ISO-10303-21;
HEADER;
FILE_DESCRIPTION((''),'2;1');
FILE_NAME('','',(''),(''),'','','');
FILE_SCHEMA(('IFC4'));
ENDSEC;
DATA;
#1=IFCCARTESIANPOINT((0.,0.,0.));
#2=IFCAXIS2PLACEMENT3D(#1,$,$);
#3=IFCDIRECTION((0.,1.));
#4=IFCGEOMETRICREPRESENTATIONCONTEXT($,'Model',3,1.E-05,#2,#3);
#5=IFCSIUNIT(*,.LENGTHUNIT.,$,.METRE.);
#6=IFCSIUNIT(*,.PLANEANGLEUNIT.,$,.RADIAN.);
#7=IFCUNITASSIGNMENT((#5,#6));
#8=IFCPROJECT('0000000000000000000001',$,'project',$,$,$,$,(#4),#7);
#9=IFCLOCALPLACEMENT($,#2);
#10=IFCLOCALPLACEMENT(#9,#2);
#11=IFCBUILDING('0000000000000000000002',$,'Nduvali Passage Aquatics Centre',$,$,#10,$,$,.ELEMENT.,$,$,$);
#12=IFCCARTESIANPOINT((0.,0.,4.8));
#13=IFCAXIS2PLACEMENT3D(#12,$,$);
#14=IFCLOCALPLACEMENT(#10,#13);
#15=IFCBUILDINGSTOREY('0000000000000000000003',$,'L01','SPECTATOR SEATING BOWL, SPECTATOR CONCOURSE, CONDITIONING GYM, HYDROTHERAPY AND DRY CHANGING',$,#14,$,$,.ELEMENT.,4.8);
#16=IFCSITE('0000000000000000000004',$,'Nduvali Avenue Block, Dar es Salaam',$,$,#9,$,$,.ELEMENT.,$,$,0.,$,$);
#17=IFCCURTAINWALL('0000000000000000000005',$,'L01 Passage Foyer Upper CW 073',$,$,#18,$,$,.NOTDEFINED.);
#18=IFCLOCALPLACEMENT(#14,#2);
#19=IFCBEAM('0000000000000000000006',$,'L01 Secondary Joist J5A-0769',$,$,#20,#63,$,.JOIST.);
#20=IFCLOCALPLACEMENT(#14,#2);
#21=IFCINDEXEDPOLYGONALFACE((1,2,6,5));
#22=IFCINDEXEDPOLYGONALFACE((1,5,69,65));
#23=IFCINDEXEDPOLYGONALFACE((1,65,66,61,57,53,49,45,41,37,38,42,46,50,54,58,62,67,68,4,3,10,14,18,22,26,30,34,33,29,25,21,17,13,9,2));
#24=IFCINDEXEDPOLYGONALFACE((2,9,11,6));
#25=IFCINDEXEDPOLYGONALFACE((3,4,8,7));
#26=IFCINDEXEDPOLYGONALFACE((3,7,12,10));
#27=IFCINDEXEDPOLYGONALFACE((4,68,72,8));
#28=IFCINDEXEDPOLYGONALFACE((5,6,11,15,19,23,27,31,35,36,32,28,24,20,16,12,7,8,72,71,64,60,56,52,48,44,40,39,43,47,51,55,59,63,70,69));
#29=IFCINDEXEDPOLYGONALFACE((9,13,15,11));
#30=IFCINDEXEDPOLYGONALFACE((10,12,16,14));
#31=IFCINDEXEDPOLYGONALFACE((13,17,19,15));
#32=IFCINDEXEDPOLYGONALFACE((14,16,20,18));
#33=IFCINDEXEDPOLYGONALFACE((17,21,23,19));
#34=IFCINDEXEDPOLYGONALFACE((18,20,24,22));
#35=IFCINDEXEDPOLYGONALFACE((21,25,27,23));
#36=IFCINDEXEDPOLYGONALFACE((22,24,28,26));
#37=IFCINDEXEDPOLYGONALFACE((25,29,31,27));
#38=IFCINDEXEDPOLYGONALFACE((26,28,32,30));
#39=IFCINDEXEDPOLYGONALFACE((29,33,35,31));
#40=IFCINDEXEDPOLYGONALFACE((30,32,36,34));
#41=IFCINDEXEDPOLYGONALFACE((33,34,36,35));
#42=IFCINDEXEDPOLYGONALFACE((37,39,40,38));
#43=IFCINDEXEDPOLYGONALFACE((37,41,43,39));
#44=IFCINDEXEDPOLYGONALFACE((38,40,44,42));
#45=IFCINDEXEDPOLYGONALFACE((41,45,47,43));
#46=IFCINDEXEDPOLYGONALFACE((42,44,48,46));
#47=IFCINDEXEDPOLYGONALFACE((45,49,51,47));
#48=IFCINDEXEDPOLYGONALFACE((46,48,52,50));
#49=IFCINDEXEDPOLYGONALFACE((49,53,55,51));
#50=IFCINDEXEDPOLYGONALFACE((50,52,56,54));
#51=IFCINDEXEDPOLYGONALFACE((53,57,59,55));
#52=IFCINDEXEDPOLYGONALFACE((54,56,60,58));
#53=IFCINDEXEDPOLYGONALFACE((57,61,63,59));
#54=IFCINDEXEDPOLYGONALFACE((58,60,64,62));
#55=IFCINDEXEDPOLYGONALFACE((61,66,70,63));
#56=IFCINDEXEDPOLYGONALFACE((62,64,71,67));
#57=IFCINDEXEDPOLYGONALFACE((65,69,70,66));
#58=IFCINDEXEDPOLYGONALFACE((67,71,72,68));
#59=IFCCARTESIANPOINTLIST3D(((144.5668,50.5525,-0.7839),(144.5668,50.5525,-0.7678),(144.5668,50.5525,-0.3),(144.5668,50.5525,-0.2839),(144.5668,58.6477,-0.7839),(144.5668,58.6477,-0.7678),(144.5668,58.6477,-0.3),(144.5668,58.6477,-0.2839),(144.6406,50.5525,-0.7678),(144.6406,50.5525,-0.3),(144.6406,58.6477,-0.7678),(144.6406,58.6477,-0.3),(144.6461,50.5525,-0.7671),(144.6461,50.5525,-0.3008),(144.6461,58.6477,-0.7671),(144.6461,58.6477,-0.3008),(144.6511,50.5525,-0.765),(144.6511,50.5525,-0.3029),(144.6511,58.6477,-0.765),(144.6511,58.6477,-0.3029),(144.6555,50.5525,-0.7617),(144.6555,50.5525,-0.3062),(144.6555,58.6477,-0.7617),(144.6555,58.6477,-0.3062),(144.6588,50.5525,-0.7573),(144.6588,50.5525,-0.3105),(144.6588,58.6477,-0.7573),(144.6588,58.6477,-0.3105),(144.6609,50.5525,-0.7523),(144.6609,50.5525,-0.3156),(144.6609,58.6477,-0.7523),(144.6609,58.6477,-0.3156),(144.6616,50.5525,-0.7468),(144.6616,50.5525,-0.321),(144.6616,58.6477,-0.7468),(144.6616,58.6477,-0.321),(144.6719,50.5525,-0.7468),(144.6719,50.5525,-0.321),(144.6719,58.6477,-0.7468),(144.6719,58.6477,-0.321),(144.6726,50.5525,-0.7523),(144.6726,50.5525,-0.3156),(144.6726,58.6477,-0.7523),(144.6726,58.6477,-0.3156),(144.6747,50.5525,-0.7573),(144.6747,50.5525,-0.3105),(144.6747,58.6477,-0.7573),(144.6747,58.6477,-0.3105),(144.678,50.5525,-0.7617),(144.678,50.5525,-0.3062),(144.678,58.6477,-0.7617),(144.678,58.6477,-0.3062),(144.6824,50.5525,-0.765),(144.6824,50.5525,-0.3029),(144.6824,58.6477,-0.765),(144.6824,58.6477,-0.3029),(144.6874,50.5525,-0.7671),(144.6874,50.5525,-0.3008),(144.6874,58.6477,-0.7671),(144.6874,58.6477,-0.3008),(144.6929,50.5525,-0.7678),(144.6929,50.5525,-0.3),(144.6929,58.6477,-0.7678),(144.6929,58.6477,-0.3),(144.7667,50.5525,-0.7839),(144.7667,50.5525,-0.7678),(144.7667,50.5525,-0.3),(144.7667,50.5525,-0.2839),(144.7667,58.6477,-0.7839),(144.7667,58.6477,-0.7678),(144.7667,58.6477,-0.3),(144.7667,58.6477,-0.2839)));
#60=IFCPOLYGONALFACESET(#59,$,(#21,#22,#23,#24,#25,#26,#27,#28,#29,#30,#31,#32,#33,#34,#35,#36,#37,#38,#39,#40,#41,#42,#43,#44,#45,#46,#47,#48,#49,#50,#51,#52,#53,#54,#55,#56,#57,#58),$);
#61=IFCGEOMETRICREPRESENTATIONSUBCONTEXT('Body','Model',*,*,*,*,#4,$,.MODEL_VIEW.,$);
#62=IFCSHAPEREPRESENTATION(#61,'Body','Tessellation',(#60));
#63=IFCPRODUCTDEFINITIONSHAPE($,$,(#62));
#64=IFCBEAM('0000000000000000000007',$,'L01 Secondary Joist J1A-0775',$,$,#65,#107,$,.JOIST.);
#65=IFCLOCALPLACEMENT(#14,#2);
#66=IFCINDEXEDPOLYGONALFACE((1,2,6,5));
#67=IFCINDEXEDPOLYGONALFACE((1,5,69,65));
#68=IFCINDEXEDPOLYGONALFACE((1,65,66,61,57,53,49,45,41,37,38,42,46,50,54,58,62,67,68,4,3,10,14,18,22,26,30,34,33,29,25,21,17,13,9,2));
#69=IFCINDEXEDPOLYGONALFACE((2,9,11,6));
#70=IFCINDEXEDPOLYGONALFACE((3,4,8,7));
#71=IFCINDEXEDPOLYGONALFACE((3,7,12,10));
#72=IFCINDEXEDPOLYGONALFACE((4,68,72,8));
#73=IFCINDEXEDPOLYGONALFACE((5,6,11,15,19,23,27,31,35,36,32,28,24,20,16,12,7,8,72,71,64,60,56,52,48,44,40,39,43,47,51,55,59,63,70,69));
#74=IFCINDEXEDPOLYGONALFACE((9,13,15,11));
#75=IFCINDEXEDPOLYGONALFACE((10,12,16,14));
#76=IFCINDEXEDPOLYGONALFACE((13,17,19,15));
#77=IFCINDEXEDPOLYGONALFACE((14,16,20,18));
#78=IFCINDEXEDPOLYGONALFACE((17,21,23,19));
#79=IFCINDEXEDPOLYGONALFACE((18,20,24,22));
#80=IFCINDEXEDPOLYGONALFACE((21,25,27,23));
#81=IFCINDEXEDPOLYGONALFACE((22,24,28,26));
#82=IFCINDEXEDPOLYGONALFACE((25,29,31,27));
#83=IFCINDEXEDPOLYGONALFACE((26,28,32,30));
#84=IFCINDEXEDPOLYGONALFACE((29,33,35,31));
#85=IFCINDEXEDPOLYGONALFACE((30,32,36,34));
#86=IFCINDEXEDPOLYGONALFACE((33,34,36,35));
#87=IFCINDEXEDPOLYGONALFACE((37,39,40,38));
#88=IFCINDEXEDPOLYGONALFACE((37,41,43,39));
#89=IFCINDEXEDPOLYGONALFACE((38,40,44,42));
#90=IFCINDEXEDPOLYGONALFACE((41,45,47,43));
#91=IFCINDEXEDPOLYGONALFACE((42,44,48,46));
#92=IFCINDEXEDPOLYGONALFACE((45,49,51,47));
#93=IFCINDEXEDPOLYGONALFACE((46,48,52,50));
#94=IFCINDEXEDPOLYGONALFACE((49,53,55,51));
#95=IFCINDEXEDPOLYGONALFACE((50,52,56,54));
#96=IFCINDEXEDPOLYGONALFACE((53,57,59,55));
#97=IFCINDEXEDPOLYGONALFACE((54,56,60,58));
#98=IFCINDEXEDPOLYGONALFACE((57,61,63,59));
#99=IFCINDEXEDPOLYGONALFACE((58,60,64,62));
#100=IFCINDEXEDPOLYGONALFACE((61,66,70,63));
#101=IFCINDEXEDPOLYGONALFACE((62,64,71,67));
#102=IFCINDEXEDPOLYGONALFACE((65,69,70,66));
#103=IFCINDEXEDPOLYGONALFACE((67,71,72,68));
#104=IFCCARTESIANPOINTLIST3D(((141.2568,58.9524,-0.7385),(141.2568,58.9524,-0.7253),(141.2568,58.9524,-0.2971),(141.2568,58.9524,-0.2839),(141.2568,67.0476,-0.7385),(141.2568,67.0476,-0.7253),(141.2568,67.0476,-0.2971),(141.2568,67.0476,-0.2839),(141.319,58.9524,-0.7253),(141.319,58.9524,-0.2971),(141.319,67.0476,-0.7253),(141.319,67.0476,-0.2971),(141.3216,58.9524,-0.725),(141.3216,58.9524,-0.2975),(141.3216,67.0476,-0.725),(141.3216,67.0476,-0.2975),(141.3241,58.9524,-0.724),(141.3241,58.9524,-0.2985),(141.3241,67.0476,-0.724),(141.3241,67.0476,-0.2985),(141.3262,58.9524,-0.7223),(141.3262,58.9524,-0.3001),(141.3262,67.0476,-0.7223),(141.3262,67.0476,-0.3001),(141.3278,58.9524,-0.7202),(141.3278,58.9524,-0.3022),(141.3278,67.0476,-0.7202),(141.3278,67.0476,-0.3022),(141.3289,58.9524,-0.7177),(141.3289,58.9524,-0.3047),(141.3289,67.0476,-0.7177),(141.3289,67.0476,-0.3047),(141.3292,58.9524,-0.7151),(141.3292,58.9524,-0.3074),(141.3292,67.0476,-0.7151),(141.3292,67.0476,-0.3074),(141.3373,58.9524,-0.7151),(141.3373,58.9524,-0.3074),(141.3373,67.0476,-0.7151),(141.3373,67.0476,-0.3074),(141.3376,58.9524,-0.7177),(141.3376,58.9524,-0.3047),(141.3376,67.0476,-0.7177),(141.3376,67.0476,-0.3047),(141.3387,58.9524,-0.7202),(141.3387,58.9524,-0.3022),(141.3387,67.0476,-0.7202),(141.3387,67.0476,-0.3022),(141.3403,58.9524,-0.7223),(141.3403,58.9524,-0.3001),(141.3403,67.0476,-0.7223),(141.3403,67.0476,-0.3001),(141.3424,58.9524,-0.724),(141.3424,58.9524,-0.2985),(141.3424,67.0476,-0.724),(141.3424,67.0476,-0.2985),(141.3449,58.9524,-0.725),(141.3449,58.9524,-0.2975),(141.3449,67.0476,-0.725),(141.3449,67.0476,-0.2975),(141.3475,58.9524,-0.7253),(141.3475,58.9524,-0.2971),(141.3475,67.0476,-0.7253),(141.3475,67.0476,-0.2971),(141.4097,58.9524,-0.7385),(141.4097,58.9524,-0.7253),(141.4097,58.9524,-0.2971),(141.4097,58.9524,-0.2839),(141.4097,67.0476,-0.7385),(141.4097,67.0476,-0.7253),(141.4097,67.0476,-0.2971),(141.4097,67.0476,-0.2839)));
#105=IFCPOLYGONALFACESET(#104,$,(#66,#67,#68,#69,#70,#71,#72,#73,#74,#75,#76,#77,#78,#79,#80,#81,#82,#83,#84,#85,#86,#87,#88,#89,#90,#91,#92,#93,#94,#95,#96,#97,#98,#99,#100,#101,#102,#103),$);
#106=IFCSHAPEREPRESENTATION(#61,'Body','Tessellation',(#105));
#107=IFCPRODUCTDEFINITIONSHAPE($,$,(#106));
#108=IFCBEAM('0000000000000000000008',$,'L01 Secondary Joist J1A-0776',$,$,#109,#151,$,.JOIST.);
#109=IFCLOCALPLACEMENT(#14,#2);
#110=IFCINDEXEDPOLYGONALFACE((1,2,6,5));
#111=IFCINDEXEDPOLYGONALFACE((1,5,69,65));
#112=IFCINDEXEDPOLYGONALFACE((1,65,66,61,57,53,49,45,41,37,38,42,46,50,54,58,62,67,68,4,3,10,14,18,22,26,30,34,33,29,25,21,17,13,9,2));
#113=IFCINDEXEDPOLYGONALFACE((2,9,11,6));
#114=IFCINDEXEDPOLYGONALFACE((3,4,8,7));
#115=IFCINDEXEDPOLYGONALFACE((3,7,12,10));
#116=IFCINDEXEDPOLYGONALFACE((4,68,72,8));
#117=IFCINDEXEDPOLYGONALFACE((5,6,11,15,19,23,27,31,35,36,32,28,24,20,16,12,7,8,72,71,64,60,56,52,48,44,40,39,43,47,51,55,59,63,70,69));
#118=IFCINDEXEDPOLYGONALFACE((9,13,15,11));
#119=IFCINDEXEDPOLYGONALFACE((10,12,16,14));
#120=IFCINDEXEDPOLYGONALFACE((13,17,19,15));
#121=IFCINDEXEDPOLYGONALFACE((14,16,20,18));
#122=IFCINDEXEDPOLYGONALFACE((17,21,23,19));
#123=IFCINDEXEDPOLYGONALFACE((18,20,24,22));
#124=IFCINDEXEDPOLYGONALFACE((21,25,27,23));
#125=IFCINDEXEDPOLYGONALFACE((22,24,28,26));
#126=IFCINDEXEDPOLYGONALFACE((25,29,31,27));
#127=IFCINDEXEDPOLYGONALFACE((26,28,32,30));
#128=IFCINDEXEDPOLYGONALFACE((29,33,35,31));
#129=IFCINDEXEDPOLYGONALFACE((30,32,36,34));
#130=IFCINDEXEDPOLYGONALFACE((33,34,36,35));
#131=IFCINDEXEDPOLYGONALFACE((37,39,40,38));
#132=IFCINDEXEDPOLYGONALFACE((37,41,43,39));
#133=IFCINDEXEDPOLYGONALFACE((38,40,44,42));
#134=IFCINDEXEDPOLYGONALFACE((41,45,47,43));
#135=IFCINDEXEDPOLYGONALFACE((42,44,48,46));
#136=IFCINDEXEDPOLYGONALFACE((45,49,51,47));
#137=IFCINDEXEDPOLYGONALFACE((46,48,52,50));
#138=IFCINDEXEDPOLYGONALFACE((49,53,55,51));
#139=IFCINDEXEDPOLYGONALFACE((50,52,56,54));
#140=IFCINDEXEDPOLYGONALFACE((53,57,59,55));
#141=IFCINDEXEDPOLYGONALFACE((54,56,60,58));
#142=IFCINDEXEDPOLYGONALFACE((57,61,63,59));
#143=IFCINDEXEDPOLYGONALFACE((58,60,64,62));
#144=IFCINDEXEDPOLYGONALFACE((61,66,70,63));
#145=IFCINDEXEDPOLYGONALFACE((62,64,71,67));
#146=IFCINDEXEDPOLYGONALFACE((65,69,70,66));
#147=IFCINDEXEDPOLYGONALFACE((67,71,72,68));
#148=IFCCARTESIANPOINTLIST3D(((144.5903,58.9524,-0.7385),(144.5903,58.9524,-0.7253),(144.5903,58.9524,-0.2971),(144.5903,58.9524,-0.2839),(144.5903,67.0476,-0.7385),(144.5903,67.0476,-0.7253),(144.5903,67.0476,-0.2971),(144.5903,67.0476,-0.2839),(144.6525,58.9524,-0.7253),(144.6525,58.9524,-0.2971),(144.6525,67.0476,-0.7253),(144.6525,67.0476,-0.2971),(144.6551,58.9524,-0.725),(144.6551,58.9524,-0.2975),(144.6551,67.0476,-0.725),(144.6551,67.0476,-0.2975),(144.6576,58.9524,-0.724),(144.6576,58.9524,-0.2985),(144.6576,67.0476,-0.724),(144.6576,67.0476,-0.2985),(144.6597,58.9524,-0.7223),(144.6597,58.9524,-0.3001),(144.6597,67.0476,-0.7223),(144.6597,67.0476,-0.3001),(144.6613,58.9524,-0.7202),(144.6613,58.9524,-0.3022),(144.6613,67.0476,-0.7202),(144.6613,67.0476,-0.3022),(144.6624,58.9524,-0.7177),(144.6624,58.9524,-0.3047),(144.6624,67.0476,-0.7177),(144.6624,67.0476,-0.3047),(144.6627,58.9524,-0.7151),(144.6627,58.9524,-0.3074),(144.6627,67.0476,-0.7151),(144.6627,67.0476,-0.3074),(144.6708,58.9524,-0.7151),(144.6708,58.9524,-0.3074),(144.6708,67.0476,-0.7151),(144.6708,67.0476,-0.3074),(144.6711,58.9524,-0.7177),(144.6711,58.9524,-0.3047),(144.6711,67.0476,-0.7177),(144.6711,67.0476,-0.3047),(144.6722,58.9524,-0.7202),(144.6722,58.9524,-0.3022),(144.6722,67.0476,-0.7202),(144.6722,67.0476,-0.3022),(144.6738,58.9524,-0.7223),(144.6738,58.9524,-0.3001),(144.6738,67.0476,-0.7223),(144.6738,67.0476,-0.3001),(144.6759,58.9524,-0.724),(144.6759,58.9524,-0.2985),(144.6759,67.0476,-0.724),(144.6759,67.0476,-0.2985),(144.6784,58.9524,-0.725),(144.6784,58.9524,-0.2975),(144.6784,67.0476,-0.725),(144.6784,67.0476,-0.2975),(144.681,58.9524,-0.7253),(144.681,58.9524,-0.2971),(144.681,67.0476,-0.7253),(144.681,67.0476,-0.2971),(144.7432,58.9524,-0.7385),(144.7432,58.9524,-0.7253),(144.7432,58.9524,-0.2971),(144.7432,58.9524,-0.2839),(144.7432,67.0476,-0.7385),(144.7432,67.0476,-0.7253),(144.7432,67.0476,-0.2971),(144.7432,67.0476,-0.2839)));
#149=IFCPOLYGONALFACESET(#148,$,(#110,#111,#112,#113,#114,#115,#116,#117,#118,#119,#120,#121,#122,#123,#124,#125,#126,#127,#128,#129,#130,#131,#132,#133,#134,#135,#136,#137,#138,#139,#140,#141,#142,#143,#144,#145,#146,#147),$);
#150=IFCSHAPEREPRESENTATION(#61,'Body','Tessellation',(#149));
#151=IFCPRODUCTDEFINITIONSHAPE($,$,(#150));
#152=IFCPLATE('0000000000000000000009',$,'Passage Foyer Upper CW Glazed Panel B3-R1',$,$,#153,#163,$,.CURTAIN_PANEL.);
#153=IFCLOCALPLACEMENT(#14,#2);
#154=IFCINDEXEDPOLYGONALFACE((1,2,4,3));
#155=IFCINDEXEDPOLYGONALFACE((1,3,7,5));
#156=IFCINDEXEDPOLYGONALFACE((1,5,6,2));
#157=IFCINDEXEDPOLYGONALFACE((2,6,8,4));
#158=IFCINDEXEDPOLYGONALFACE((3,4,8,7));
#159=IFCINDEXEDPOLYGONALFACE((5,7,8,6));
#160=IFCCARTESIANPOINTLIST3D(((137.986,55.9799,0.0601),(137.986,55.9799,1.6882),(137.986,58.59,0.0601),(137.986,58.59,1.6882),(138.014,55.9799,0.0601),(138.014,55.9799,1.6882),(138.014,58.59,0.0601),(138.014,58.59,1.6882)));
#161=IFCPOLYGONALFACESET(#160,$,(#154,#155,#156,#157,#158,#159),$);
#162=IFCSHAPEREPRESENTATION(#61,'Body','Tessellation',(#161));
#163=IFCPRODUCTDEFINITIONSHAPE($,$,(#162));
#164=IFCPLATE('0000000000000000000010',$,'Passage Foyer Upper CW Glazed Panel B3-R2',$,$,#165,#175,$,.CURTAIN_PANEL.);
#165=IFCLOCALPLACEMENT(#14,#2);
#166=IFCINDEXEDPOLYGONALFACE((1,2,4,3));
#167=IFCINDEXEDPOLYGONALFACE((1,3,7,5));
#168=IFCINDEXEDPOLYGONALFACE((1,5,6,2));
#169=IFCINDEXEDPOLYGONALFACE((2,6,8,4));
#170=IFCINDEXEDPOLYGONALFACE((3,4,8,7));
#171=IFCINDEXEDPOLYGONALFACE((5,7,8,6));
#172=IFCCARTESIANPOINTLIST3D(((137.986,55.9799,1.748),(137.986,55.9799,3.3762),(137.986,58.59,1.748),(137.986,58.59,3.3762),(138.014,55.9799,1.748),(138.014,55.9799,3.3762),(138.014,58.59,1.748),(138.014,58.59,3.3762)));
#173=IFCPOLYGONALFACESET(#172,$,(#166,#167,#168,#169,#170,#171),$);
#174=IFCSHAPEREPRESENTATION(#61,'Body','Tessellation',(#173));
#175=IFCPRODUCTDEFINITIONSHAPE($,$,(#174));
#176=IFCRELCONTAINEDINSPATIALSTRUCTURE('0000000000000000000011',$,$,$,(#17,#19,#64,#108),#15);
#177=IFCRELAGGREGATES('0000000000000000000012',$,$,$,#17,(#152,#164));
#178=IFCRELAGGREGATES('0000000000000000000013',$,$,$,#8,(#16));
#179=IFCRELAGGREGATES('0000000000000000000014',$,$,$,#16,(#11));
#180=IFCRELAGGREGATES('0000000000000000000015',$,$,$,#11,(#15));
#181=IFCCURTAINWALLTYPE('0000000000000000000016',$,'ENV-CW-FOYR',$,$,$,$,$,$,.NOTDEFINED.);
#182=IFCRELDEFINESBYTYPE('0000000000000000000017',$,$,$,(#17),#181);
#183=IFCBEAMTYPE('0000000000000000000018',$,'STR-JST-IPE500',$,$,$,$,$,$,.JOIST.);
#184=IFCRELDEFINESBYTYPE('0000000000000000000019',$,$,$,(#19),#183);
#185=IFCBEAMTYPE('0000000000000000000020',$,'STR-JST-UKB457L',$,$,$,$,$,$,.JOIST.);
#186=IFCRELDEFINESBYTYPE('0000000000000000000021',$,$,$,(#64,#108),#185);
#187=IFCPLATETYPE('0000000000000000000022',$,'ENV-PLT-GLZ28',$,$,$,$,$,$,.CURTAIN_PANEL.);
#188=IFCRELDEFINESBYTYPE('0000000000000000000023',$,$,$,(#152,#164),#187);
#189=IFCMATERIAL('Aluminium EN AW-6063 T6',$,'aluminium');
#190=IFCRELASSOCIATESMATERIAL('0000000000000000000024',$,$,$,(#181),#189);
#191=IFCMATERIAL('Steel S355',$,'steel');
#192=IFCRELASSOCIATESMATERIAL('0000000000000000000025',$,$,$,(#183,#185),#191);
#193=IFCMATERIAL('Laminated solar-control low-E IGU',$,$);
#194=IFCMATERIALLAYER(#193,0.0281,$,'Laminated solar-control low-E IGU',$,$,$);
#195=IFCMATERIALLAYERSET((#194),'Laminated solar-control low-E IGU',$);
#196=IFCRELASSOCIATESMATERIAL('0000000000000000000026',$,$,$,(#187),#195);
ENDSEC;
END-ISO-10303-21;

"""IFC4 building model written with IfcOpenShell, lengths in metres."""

from ifc_helpers import new_model, si_unit, direction, frame, origin, origin_2d, place, context, subcontext, project, spatial, rectangle, i_section, extrude, material, layer, layer_set, material_profile, profile_set, type_object, element, aggregate, save


model = new_model("IFC4")

# Units and contexts
model_context = context("Model", 3, precision=1e-05, world=origin(), true_north=direction((0.0, 1.0)))
body_context = subcontext(model_context, "Body", "Model", "MODEL_VIEW")
ifc_project = project(units=[si_unit("LENGTHUNIT", "METRE"), si_unit("PLANEANGLEUNIT", "RADIAN")], contexts=[model_context])

# Site, building, storey
site_placement = place(None, origin())
site = spatial("IfcSite", under=ifc_project, at=site_placement, Name="Nduvali Avenue Block, Dar es Salaam", CompositionType="ELEMENT", RefElevation=0.0)
building_placement = place(site_placement, origin())
building = spatial("IfcBuilding", under=site, at=building_placement, Name="Nduvali Passage Aquatics Centre", CompositionType="ELEMENT")
storey_placement = place(building_placement, frame((0.0, 0.0, 4.8)))
storey = spatial("IfcBuildingStorey", under=building, at=storey_placement, Name="L01", Description="SPECTATOR SEATING BOWL, SPECTATOR CONCOURSE, CONDITIONING GYM, HYDROTHERAPY AND DRY CHANGING", CompositionType="ELEMENT", Elevation=4.8)

# Shared definitions
ifc_material_1 = material(Name="Steel S355", Category="steel")

# Curtain wall
ifc_material_2 = material(Name="Aluminium EN AW-6063 T6", Category="aluminium")
curtain_wall_type = type_object("IfcCurtainWallType", Name="ENV-CW-FOYR", PredefinedType="NOTDEFINED", material=ifc_material_2)
curtain_wall_1_placement = place(storey_placement, origin())
curtain_wall_1 = element("IfcCurtainWall", 1, at=curtain_wall_1_placement, inside=storey, type_object=curtain_wall_type, Name="L01 Passage Foyer Upper CW 073", PredefinedType="NOTDEFINED")

# Beams
ifc_material_profile_1 = material_profile(ifc_material_1, i_section(OverallWidth=0.2, OverallDepth=0.5, WebThickness=0.0103, FlangeThickness=0.0161, FilletRadius=0.021, at=origin_2d()), Name="IPE 500")
ifc_profile_set_1 = profile_set([ifc_material_profile_1], Name="Steel S355")
beam_type_1 = type_object("IfcBeamType", Name="STR-JST-IPE500", PredefinedType="JOIST", material=ifc_profile_set_1)
for number, where, z_axis, x_axis, name in (
    (2, (144.6667, 50.5525, -0.5339), (0.0, 1.0, 0.0), (-1.0, 0.0, 0.0), "L01 Secondary Joist J5A-0769"),
):
    element("IfcBeam", number, at=place(storey_placement, frame(where, z_axis=z_axis, x_axis=x_axis)), inside=storey, type_object=beam_type_1, Name=name, PredefinedType="JOIST", context=body_context, shape_type="SweptSolid", body=[
        extrude(i_section(OverallWidth=0.2, OverallDepth=0.5, WebThickness=0.0103, FlangeThickness=0.0161, FilletRadius=0.021, at=origin_2d()), origin(), (0.0, 0.0, 1.0), 8.0952),
    ])
ifc_material_profile_2 = material_profile(ifc_material_1, i_section(OverallWidth=0.1528, OverallDepth=0.4546, WebThickness=0.0081, FlangeThickness=0.0132, FilletRadius=0.0103, at=origin_2d()), Name="UKB 457x152x60")
ifc_profile_set_2 = profile_set([ifc_material_profile_2], Name="Steel S355")
beam_type_2 = type_object("IfcBeamType", Name="STR-JST-UKB457L", PredefinedType="JOIST", material=ifc_profile_set_2)
for number, where, z_axis, x_axis, name in (
    (3, (141.3333, 58.9524, -0.5112), (0.0, 1.0, 0.0), (-1.0, 0.0, 0.0), "L01 Secondary Joist J1A-0775"),
    (4, (144.6667, 58.9524, -0.5112), (0.0, 1.0, 0.0), (-1.0, 0.0, 0.0), "L01 Secondary Joist J1A-0776"),
):
    element("IfcBeam", number, at=place(storey_placement, frame(where, z_axis=z_axis, x_axis=x_axis)), inside=storey, type_object=beam_type_2, Name=name, PredefinedType="JOIST", context=body_context, shape_type="SweptSolid", body=[
        extrude(i_section(OverallWidth=0.1528, OverallDepth=0.4546, WebThickness=0.0081, FlangeThickness=0.0132, FilletRadius=0.0103, at=origin_2d()), origin(), (0.0, 0.0, 1.0), 8.0952),
    ])

# Plates
ifc_material_3 = material(Name="Laminated solar-control low-E IGU")
ifc_layer = layer(ifc_material_3, 0.0281, Name="Laminated solar-control low-E IGU")
ifc_layer_set = layer_set([ifc_layer], Name="Laminated solar-control low-E IGU")
plate_type = type_object("IfcPlateType", Name="ENV-PLT-GLZ28", PredefinedType="CURTAIN_PANEL", material=ifc_layer_set)
plate_1_placement = place(storey_placement, frame((138.0, 57.2849, 0.0601), z_axis=(0.0, 0.0, 1.0), x_axis=(0.0, 1.0, 0.0)))
plate_1 = element("IfcPlate", 5, at=plate_1_placement, type_object=plate_type, Name="Passage Foyer Upper CW Glazed Panel B3-R1", PredefinedType="CURTAIN_PANEL", context=body_context, shape_type="SweptSolid", body=[
    extrude(rectangle(XDim=2.6101, YDim=0.0281, at=origin_2d()), origin(), (0.0, 0.0, 1.0), 1.6282),
])
plate_2_placement = place(storey_placement, frame((138.0, 57.2849, 1.748), z_axis=(0.0, 0.0, 1.0), x_axis=(0.0, 1.0, 0.0)))
plate_2 = element("IfcPlate", 6, at=plate_2_placement, type_object=plate_type, Name="Passage Foyer Upper CW Glazed Panel B3-R2", PredefinedType="CURTAIN_PANEL", context=body_context, shape_type="SweptSolid", body=[
    extrude(rectangle(XDim=2.6101, YDim=0.0281, at=origin_2d()), origin(), (0.0, 0.0, 1.0), 1.6282),
])
aggregate(curtain_wall_1, [plate_1, plate_2])

save(model, "model.ifc")
